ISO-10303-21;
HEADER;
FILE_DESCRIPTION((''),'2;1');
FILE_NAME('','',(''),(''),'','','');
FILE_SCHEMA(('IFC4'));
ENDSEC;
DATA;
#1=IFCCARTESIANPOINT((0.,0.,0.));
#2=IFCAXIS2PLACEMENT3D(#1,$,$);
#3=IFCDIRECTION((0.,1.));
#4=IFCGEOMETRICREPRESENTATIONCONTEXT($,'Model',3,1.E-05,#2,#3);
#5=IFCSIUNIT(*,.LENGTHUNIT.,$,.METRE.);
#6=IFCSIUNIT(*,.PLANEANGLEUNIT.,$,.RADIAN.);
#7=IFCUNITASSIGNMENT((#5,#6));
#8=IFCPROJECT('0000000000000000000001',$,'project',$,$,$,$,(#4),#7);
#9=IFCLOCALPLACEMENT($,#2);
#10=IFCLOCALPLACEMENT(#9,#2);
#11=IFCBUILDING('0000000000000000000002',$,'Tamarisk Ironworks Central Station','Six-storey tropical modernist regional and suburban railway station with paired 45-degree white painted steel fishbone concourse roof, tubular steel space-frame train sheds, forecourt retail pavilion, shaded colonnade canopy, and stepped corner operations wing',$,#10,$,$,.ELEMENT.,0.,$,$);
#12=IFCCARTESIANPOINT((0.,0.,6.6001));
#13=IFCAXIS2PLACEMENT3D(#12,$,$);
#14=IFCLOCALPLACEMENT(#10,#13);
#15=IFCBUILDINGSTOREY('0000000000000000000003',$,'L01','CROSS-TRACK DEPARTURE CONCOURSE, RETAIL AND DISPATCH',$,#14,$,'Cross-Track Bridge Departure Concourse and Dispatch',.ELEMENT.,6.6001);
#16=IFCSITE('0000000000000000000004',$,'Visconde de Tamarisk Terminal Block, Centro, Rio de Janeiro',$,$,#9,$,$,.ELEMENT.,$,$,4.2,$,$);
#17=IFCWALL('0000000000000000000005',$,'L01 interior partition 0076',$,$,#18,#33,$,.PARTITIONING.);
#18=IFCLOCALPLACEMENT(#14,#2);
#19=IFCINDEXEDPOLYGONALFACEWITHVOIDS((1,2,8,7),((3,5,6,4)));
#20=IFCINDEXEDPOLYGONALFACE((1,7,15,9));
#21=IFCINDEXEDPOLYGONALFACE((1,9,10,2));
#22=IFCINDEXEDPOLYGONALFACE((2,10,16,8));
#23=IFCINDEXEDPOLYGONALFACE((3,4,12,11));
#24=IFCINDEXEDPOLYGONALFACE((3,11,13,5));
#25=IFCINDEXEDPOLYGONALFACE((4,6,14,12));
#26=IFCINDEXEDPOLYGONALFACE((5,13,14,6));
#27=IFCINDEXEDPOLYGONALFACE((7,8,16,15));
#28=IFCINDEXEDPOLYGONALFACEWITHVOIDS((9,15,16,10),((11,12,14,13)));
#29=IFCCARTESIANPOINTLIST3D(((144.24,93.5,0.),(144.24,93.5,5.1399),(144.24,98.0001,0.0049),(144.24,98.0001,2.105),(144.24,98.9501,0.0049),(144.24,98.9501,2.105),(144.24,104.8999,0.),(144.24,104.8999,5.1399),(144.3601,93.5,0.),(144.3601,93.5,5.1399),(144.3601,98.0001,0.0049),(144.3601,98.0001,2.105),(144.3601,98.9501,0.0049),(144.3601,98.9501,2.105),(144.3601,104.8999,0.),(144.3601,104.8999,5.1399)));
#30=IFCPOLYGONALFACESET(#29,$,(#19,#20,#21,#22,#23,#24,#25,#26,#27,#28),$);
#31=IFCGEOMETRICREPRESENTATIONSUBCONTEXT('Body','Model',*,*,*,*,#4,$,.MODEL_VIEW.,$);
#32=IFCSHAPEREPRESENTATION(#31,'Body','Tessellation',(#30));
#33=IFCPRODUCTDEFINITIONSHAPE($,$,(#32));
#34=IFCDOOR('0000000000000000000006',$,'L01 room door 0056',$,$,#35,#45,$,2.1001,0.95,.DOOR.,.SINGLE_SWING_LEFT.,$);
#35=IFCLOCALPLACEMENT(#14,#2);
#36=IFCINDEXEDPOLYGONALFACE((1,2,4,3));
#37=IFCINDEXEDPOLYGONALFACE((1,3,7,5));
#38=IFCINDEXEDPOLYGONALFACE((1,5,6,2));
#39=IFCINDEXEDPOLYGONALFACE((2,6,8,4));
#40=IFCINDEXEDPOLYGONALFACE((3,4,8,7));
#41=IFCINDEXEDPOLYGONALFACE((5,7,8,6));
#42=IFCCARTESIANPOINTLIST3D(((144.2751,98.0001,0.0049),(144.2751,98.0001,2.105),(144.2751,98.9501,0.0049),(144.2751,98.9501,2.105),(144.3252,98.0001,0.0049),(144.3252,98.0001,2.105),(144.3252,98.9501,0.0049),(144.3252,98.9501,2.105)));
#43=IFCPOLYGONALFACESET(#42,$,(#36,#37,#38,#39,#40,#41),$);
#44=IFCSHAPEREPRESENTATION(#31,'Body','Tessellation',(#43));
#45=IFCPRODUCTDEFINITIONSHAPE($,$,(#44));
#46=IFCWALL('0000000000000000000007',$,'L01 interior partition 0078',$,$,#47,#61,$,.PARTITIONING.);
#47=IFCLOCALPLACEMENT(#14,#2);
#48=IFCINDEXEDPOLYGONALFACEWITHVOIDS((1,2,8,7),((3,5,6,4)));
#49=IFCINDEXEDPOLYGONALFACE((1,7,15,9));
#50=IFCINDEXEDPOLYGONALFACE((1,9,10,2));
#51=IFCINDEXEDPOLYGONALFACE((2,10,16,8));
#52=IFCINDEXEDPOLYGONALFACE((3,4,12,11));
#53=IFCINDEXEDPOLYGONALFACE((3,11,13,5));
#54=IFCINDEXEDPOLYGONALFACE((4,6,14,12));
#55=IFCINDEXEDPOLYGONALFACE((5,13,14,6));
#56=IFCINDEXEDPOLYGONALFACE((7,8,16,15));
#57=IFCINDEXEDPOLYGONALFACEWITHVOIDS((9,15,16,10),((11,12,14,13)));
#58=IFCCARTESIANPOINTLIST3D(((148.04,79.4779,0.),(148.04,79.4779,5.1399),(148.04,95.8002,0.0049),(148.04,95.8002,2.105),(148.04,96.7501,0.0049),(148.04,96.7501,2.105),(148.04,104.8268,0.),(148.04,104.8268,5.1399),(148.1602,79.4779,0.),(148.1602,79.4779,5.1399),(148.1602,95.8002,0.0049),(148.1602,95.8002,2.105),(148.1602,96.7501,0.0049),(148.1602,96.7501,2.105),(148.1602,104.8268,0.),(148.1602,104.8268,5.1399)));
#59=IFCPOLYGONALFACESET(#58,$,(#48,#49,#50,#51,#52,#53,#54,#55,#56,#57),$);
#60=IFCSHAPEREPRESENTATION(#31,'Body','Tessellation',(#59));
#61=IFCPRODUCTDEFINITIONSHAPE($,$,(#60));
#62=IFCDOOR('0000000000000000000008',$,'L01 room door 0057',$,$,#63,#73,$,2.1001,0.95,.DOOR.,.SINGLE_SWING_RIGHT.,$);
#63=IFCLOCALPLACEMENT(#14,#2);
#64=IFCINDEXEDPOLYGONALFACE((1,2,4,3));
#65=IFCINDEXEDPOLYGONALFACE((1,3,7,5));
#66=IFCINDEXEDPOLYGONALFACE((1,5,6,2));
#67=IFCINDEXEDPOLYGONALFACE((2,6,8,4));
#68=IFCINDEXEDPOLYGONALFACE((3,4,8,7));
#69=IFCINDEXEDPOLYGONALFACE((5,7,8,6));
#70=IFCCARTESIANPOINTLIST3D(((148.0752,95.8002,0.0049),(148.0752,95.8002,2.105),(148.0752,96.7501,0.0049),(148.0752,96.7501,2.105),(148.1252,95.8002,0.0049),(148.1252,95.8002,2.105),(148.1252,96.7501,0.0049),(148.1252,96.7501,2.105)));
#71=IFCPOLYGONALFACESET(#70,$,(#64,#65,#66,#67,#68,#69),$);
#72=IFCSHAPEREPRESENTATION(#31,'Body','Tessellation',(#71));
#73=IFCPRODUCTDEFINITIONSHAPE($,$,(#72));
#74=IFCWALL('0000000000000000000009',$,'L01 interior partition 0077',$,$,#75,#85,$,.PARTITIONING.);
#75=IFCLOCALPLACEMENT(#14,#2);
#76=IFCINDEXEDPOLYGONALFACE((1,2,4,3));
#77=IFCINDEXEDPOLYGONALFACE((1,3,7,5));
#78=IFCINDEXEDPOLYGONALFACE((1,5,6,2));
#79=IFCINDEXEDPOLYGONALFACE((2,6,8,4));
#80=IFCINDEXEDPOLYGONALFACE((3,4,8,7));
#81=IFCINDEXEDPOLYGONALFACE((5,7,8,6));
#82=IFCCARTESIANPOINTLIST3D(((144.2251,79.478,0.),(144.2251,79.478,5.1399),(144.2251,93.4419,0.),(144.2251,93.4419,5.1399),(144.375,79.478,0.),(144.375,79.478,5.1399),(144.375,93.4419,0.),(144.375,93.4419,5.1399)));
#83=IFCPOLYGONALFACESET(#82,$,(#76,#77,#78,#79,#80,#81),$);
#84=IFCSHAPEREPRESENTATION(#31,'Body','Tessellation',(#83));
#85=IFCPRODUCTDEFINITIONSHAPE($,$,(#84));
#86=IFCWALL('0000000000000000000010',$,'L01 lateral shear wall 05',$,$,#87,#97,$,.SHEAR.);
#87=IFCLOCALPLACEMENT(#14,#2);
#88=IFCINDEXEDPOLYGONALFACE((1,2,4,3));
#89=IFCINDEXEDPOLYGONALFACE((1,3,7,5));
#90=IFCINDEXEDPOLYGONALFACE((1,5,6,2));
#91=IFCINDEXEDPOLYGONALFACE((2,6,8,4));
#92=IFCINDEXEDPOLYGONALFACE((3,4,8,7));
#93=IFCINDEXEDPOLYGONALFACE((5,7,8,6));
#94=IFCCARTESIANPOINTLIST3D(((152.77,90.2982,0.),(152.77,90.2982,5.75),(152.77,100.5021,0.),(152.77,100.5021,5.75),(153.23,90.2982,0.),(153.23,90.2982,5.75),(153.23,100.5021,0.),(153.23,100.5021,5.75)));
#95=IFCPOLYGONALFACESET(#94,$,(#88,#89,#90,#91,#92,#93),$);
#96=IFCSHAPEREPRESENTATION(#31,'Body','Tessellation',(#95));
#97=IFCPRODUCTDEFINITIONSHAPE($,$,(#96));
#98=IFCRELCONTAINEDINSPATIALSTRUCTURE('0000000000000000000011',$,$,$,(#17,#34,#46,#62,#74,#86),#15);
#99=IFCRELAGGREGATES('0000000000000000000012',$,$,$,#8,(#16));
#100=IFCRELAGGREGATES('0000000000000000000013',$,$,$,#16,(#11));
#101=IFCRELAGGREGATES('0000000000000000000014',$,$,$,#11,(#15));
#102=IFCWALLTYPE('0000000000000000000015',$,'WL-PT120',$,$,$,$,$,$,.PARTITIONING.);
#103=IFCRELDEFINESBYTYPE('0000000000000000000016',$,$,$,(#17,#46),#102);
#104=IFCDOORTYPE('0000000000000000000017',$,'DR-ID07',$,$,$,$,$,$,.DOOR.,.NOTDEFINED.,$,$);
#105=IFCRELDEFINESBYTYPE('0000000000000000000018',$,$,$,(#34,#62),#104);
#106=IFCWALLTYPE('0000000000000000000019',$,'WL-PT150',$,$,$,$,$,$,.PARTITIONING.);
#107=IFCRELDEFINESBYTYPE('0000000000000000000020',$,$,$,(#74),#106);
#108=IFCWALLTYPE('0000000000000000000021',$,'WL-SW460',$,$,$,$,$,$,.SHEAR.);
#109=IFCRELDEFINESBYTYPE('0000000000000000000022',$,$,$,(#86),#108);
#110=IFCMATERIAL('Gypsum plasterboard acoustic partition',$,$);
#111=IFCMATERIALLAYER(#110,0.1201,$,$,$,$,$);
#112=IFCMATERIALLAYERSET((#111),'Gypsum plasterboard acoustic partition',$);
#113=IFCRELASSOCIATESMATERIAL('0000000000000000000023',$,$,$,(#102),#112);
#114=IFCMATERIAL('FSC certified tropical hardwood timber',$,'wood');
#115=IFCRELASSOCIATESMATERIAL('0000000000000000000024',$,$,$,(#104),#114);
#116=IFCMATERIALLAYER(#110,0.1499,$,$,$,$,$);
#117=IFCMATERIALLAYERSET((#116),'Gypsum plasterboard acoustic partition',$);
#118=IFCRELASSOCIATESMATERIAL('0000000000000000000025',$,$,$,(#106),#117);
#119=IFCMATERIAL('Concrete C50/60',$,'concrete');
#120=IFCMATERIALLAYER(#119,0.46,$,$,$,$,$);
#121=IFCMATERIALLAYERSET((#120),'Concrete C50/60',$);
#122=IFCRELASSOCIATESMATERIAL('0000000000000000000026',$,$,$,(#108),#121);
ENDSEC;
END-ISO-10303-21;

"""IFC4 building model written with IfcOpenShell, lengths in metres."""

from ifc_helpers import new_model, si_unit, direction, frame, frame_2d, origin, place, context, subcontext, project, spatial, rectangle, extrude, material, layer, layer_set, type_object, element, fill, save


model = new_model("IFC4")

# Units and contexts
model_context = context("Model", 3, precision=1e-05, world=origin(), true_north=direction((0.0, 1.0)))
body_context = subcontext(model_context, "Body", "Model", "MODEL_VIEW")
ifc_project = project(units=[si_unit("LENGTHUNIT", "METRE"), si_unit("PLANEANGLEUNIT", "RADIAN")], contexts=[model_context])

# Site, building, storey
site_placement = place(None, origin())
site = spatial("IfcSite", under=ifc_project, at=site_placement, Name="Visconde de Tamarisk Terminal Block, Centro, Rio de Janeiro", CompositionType="ELEMENT", RefElevation=4.2)
building_placement = place(site_placement, origin())
building = spatial("IfcBuilding", under=site, at=building_placement, Name="Tamarisk Ironworks Central Station", Description="Six-storey tropical modernist regional and suburban railway station with paired 45-degree white painted steel fishbone concourse roof, tubular steel space-frame train sheds, forecourt retail pavilion, shaded colonnade canopy, and stepped corner operations wing", CompositionType="ELEMENT", ElevationOfRefHeight=0.0)
storey_placement = place(building_placement, frame((0.0, 0.0, 6.6001)))
storey = spatial("IfcBuildingStorey", under=building, at=storey_placement, Name="L01", Description="CROSS-TRACK DEPARTURE CONCOURSE, RETAIL AND DISPATCH", LongName="Cross-Track Bridge Departure Concourse and Dispatch", CompositionType="ELEMENT", Elevation=6.6001)

# Walls, openings, doors
ifc_material_1 = material(Name="Gypsum plasterboard acoustic partition")
ifc_layer_1 = layer(ifc_material_1, 0.1201)
ifc_layer_set_1 = layer_set([ifc_layer_1], Name="Gypsum plasterboard acoustic partition")
wall_type_1 = type_object("IfcWallType", Name="WL-PT120", PredefinedType="PARTITIONING", material=ifc_layer_set_1)
wall_1_placement = place(storey_placement, frame((144.3, 93.5, 0.0), z_axis=(0.0, 0.0, 1.0), x_axis=(0.0, 1.0, 0.0)))
wall_1 = element("IfcWall", 1, at=wall_1_placement, inside=storey, type_object=wall_type_1, Name="L01 interior partition 0076", PredefinedType="PARTITIONING", context=body_context, shape_type="SweptSolid", body=[
    extrude(rectangle(XDim=11.3999, YDim=0.1201, at=frame_2d((5.7, 0.0))), origin(), (0.0, 0.0, 1.0), 5.1399),
])
opening_1_placement = place(wall_1_placement, frame((4.5, 0.0, 0.0049)))
opening_1 = element("IfcOpeningElement", 2, at=opening_1_placement, cuts=wall_1, PredefinedType="OPENING", context=body_context, shape_type="SweptSolid", body=[
    extrude(rectangle(XDim=0.95, YDim=2.1001, at=frame_2d((0.4751, 1.05))), frame((0.0, 0.072, 0.0), z_axis=(0.0, -1.0, 0.0), x_axis=(1.0, 0.0, 0.0)), (0.0, 0.0, 1.0), 0.144),
])
ifc_material_2 = material(Name="FSC certified tropical hardwood timber", Category="wood")
door_type = type_object("IfcDoorType", Name="DR-ID07", OperationType="NOTDEFINED", PredefinedType="DOOR", material=ifc_material_2)
door_1_placement = place(opening_1_placement, origin())
door_1 = element("IfcDoor", 3, at=door_1_placement, inside=storey, type_object=door_type, Name="L01 room door 0056", OperationType="SINGLE_SWING_LEFT", OverallHeight=2.1001, OverallWidth=0.95, PredefinedType="DOOR", context=body_context, shape_type="SweptSolid", body=[
    extrude(rectangle(XDim=0.95, YDim=2.1001, at=frame_2d((0.4751, 1.05))), frame((0.0, 0.0249, 0.0), z_axis=(0.0, -1.0, 0.0), x_axis=(1.0, 0.0, 0.0)), (0.0, 0.0, 1.0), 0.05),
])
fill(opening_1, door_1)
wall_2_placement = place(storey_placement, frame((148.1001, 79.478, 0.0), z_axis=(0.0, 0.0, 1.0), x_axis=(0.0, 1.0, 0.0)))
wall_2 = element("IfcWall", 4, at=wall_2_placement, inside=storey, type_object=wall_type_1, Name="L01 interior partition 0078", PredefinedType="PARTITIONING", context=body_context, shape_type="SweptSolid", body=[
    extrude(rectangle(XDim=25.3489, YDim=0.1201, at=frame_2d((12.6743, 0.0))), origin(), (0.0, 0.0, 1.0), 5.1399),
])
opening_2_placement = place(wall_2_placement, frame((16.322, 0.0, 0.0049)))
opening_2 = element("IfcOpeningElement", 5, at=opening_2_placement, cuts=wall_2, PredefinedType="OPENING", context=body_context, shape_type="SweptSolid", body=[
    extrude(rectangle(XDim=0.95, YDim=2.1001, at=frame_2d((0.4751, 1.05))), frame((0.0, 0.072, 0.0), z_axis=(0.0, -1.0, 0.0), x_axis=(1.0, 0.0, 0.0)), (0.0, 0.0, 1.0), 0.144),
])
door_2_placement = place(opening_2_placement, origin())
door_2 = element("IfcDoor", 6, at=door_2_placement, inside=storey, type_object=door_type, Name="L01 room door 0057", OperationType="SINGLE_SWING_RIGHT", OverallHeight=2.1001, OverallWidth=0.95, PredefinedType="DOOR", context=body_context, shape_type="SweptSolid", body=[
    extrude(rectangle(XDim=0.95, YDim=2.1001, at=frame_2d((0.4751, 1.05))), frame((0.0, 0.0249, 0.0), z_axis=(0.0, -1.0, 0.0), x_axis=(1.0, 0.0, 0.0)), (0.0, 0.0, 1.0), 0.05),
])
fill(opening_2, door_2)

# Walls
ifc_layer_2 = layer(ifc_material_1, 0.1499)
ifc_layer_set_2 = layer_set([ifc_layer_2], Name="Gypsum plasterboard acoustic partition")
wall_type_2 = type_object("IfcWallType", Name="WL-PT150", PredefinedType="PARTITIONING", material=ifc_layer_set_2)
wall_3_placement = place(storey_placement, frame((144.3, 79.478, 0.0), z_axis=(0.0, 0.0, 1.0), x_axis=(0.0, 1.0, 0.0)))
element("IfcWall", 7, at=wall_3_placement, inside=storey, type_object=wall_type_2, Name="L01 interior partition 0077", PredefinedType="PARTITIONING", context=body_context, shape_type="SweptSolid", body=[
    extrude(rectangle(XDim=13.9639, YDim=0.1499, at=frame_2d((6.9819, 0.0))), origin(), (0.0, 0.0, 1.0), 5.1399),
])
ifc_material_3 = material(Name="Concrete C50/60", Category="concrete")
ifc_layer_3 = layer(ifc_material_3, 0.46)
ifc_layer_set_3 = layer_set([ifc_layer_3], Name="Concrete C50/60")
wall_type_3 = type_object("IfcWallType", Name="WL-SW460", PredefinedType="SHEAR", material=ifc_layer_set_3)
wall_4_placement = place(storey_placement, frame((153.0, 90.2981, 0.0), z_axis=(0.0, 0.0, 1.0), x_axis=(0.0, 1.0, 0.0)))
element("IfcWall", 8, at=wall_4_placement, inside=storey, type_object=wall_type_3, Name="L01 lateral shear wall 05", PredefinedType="SHEAR", context=body_context, shape_type="SweptSolid", body=[
    extrude(rectangle(XDim=10.2039, YDim=0.46, at=frame_2d((5.1021, 0.0))), origin(), (0.0, 0.0, 1.0), 5.75),
])

save(model, "model.ifc")
